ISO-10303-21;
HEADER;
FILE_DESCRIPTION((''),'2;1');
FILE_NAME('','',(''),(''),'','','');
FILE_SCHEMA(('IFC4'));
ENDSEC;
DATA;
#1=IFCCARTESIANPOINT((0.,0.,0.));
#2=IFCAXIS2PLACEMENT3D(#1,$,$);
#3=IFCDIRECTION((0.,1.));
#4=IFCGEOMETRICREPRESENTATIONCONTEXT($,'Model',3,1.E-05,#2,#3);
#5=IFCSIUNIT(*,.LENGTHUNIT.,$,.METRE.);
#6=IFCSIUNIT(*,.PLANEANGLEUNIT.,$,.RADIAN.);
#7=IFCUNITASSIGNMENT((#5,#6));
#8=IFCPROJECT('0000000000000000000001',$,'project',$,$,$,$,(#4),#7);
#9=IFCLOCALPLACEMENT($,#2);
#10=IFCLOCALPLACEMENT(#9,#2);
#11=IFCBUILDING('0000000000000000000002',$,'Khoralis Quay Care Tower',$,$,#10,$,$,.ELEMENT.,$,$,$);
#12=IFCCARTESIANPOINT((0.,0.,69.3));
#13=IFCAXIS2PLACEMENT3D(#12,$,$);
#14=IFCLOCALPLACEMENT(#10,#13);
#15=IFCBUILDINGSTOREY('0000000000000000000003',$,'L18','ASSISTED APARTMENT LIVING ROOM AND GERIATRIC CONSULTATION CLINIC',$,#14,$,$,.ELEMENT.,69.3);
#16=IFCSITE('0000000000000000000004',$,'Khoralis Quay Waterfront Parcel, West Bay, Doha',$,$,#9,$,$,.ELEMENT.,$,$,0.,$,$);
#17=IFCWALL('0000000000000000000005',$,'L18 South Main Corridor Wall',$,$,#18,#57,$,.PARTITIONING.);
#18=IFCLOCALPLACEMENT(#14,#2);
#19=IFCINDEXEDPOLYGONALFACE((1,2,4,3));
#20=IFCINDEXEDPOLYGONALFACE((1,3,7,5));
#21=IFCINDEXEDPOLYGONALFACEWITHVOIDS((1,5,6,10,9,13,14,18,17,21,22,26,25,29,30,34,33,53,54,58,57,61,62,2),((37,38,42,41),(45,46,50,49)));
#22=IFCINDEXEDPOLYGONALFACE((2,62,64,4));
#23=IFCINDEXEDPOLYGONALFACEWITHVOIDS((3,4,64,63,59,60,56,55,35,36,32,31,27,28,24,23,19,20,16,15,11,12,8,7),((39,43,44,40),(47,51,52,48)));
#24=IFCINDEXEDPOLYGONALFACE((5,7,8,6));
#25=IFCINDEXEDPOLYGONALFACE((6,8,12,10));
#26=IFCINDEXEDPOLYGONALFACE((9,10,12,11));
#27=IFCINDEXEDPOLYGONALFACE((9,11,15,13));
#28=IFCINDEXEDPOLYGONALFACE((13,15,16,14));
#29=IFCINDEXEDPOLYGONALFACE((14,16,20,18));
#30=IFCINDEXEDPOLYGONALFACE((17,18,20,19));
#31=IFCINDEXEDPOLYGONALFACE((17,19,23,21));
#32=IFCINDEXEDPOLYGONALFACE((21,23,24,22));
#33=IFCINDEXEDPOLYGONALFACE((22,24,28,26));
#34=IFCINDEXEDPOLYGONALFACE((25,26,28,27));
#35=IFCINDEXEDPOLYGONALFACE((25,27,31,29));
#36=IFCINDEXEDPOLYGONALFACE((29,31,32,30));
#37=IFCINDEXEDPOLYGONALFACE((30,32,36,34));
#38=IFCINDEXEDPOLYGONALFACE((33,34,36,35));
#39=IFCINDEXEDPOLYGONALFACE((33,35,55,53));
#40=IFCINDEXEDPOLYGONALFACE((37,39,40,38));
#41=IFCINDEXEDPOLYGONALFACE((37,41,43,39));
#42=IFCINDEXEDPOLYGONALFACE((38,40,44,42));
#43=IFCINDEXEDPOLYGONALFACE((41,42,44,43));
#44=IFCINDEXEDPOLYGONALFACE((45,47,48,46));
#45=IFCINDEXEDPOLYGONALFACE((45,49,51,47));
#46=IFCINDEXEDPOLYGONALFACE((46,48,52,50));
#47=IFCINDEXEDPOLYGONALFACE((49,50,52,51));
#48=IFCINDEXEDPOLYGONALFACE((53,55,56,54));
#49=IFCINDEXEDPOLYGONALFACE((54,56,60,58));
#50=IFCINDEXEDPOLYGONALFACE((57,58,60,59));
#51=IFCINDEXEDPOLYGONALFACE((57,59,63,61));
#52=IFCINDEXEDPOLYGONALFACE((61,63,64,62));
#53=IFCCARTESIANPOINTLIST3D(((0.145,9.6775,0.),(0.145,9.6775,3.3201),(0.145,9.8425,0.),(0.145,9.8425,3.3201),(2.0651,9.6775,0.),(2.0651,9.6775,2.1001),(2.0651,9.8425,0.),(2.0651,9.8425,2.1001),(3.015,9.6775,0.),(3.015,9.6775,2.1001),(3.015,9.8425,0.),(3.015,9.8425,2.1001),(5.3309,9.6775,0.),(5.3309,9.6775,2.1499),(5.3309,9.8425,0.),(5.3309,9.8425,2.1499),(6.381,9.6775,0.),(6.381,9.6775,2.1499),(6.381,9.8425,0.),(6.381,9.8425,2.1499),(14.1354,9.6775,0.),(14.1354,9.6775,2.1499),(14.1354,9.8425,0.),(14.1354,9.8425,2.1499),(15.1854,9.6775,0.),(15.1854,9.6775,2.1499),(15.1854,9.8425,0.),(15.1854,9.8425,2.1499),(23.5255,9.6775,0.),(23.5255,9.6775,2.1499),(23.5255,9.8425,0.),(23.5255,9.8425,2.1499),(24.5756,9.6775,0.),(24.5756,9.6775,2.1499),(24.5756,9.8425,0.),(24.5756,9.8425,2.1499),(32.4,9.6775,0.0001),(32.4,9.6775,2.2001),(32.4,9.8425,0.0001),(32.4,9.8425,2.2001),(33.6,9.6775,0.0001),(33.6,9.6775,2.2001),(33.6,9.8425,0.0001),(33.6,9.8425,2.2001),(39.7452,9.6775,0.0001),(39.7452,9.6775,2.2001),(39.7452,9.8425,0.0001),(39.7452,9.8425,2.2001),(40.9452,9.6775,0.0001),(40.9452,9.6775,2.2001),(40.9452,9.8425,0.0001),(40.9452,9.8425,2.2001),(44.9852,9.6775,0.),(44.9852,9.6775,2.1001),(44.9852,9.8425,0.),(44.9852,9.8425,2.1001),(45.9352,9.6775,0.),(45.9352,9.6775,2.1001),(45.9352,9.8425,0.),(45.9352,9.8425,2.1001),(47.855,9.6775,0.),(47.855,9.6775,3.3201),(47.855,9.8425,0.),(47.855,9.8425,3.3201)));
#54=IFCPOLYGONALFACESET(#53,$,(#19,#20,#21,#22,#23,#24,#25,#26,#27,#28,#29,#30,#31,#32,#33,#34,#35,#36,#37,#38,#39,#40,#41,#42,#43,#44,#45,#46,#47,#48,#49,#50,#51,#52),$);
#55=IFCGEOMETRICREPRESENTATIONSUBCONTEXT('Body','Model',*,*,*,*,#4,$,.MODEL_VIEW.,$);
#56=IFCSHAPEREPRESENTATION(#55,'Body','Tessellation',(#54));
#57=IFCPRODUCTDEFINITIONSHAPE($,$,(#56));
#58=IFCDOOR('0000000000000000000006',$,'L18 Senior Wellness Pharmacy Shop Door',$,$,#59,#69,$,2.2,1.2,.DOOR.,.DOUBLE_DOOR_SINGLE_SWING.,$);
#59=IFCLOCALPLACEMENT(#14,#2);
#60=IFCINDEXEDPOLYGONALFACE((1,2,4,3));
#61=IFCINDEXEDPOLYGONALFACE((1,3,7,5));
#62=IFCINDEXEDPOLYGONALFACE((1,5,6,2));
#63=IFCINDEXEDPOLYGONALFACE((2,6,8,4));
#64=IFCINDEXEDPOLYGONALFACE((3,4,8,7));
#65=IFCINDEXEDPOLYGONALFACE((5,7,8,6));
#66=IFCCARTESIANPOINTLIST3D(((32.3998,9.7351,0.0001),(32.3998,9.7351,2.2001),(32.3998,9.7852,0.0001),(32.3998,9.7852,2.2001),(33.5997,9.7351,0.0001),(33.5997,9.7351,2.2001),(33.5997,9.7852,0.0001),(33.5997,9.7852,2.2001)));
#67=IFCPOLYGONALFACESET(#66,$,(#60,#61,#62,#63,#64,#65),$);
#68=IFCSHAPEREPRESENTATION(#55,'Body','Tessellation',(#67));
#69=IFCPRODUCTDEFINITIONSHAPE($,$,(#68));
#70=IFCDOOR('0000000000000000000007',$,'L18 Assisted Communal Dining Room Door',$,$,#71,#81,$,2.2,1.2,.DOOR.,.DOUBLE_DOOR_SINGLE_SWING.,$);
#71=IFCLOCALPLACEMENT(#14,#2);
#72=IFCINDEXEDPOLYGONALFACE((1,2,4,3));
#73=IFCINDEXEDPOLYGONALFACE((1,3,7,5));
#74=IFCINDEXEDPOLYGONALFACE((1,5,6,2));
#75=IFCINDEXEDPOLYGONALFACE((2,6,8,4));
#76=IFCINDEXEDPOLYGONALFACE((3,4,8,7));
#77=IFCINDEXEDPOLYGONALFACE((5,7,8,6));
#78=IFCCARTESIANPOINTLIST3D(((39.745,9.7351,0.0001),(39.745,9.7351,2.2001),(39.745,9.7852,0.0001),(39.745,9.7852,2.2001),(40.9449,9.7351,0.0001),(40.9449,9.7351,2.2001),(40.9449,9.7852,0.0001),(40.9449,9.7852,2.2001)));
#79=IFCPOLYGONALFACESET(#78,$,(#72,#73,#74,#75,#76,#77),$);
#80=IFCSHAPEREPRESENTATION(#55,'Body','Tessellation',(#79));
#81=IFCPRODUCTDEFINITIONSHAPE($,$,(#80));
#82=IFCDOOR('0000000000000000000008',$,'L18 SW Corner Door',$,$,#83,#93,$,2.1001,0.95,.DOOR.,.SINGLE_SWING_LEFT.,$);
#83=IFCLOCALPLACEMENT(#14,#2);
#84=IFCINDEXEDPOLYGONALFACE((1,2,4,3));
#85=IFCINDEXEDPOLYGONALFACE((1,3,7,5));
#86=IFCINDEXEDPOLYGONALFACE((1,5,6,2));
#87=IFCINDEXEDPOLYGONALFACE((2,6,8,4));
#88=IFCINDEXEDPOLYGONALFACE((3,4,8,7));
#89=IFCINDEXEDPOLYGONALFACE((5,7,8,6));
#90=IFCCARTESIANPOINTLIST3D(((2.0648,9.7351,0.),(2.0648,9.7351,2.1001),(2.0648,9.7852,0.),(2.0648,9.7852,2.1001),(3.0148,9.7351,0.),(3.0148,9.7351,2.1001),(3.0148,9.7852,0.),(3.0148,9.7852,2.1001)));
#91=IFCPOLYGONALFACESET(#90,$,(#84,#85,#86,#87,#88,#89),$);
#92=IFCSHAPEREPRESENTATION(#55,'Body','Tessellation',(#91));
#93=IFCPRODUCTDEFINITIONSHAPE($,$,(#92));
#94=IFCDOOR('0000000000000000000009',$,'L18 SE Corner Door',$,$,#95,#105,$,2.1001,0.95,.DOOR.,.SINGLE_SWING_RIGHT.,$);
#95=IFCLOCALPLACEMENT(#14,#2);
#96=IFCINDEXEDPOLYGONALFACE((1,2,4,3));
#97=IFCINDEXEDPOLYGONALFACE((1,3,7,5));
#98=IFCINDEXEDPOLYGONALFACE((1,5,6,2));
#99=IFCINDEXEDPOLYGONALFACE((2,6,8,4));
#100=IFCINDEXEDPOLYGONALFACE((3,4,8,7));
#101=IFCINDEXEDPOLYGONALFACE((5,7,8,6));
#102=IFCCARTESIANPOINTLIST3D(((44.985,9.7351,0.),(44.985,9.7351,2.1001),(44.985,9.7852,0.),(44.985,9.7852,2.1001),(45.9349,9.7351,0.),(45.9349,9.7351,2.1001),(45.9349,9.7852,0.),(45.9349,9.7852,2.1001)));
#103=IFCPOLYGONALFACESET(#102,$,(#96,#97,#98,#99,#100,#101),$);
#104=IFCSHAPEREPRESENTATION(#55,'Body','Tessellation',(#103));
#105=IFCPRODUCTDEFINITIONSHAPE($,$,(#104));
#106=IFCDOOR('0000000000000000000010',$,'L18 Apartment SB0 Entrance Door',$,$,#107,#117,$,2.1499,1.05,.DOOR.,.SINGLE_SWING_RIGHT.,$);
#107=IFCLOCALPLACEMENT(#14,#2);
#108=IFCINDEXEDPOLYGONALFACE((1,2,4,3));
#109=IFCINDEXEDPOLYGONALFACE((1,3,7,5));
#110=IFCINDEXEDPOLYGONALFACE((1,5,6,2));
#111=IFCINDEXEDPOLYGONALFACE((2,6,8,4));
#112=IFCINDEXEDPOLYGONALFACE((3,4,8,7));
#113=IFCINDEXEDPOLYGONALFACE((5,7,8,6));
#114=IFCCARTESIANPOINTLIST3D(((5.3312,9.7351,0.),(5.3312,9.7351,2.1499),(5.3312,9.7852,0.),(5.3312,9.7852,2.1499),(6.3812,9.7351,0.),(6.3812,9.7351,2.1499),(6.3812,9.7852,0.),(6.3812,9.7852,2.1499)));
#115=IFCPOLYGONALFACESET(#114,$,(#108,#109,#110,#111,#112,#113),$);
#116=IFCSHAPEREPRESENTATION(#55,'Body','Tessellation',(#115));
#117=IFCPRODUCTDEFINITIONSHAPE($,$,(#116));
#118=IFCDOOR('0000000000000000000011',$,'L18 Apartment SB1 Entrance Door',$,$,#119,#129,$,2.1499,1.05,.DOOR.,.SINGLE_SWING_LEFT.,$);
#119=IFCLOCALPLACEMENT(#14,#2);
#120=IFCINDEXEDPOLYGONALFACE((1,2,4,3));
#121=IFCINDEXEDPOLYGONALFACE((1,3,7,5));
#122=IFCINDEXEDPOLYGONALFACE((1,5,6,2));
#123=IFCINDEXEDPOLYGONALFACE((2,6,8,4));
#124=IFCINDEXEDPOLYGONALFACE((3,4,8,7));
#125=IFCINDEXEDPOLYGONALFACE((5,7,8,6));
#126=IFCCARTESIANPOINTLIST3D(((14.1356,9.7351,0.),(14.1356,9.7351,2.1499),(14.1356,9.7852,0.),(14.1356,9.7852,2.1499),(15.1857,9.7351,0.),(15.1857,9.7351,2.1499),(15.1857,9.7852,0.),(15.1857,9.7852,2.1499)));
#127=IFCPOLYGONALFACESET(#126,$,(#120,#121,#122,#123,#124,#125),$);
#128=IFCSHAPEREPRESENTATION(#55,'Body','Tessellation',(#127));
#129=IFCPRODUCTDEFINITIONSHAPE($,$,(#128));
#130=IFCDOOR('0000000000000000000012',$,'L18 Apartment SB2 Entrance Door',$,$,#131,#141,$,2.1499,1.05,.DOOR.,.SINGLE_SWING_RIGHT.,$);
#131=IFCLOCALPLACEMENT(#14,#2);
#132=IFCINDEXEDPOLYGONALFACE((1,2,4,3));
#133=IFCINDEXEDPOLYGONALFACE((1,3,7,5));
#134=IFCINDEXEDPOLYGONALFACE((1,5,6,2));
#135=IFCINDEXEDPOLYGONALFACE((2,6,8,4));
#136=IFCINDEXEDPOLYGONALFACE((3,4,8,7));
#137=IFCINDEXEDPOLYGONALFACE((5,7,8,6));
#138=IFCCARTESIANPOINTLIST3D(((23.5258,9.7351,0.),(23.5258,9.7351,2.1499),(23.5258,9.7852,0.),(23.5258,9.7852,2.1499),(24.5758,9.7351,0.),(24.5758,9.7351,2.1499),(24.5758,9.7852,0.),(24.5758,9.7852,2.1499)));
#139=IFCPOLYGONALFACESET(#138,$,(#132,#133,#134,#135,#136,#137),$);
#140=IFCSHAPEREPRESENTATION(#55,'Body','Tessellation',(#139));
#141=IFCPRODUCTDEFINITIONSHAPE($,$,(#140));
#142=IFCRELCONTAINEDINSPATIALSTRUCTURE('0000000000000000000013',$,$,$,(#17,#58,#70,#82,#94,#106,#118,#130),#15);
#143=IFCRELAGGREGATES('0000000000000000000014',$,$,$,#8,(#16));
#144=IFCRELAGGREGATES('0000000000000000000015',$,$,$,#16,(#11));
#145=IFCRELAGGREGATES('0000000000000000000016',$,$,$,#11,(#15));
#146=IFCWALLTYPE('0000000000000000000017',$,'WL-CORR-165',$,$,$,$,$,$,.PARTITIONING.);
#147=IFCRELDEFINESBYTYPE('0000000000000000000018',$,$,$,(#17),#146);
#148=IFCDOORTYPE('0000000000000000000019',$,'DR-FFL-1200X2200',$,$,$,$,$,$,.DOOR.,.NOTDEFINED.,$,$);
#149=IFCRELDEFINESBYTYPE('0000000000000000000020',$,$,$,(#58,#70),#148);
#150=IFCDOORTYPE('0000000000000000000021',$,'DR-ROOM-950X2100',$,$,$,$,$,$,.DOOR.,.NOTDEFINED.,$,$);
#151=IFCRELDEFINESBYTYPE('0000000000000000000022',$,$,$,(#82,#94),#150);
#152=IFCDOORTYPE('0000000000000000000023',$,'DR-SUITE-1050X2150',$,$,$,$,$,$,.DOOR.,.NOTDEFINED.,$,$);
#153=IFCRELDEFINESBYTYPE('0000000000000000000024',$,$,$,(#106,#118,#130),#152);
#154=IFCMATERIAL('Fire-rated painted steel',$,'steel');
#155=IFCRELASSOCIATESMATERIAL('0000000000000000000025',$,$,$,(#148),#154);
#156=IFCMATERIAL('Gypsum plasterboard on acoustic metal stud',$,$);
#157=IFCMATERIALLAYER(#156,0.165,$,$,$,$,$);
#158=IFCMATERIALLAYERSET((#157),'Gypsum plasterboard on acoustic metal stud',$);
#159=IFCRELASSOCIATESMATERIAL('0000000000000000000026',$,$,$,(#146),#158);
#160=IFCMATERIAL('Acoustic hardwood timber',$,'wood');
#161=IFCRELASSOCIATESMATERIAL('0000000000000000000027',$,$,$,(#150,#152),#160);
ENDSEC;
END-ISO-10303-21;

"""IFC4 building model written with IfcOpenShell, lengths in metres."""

from ifc_helpers import new_model, si_unit, direction, frame, frame_2d, origin, place, context, subcontext, project, spatial, rectangle, extrude, source, transform, mapped, material, layer, layer_set, type_object, element, fill, save


model = new_model("IFC4")

# Units and contexts
model_context = context("Model", 3, precision=1e-05, world=origin(), true_north=direction((0.0, 1.0)))
body_context = subcontext(model_context, "Body", "Model", "MODEL_VIEW")
ifc_project = project(units=[si_unit("LENGTHUNIT", "METRE"), si_unit("PLANEANGLEUNIT", "RADIAN")], contexts=[model_context])

# Site, building, storey
site_placement = place(None, origin())
site = spatial("IfcSite", under=ifc_project, at=site_placement, Name="Khoralis Quay Waterfront Parcel, West Bay, Doha", CompositionType="ELEMENT", RefElevation=0.0)
building_placement = place(site_placement, origin())
building = spatial("IfcBuilding", under=site, at=building_placement, Name="Khoralis Quay Care Tower", CompositionType="ELEMENT")
storey_placement = place(building_placement, frame((0.0, 0.0, 69.3)))
storey = spatial("IfcBuildingStorey", under=building, at=storey_placement, Name="L18", Description="ASSISTED APARTMENT LIVING ROOM AND GERIATRIC CONSULTATION CLINIC", CompositionType="ELEMENT", Elevation=69.3)

# Shared definitions
ifc_material_1 = material(Name="Gypsum plasterboard on acoustic metal stud")
ifc_material_2 = material(Name="Fire-rated painted steel", Category="steel")
door_type_1 = type_object("IfcDoorType", Name="DR-FFL-1200X2200", OperationType="NOTDEFINED", PredefinedType="DOOR", material=ifc_material_2)
shared_shape_1 = source(origin(), body_context, "Body", "SweptSolid", [
    extrude(rectangle(XDim=1.2, YDim=2.2, at=frame_2d((0.6001, 1.1001))), frame((0.0, 0.0249, 0.0), z_axis=(0.0, -1.0, 0.0), x_axis=(1.0, 0.0, 0.0)), (0.0, 0.0, 1.0), 0.05),
])

# Wall, openings, doors
ifc_layer_1 = layer(ifc_material_1, 0.165)
ifc_layer_set_1 = layer_set([ifc_layer_1], Name="Gypsum plasterboard on acoustic metal stud")
wall_type_1 = type_object("IfcWallType", Name="WL-CORR-165", PredefinedType="PARTITIONING", material=ifc_layer_set_1)
wall_1_placement = place(storey_placement, frame((0.145, 9.76, 0.0), z_axis=(0.0, 0.0, 1.0), x_axis=(1.0, 0.0, 0.0)))
wall_1 = element("IfcWall", 1, at=wall_1_placement, inside=storey, type_object=wall_type_1, Name="L18 South Main Corridor Wall", PredefinedType="PARTITIONING", context=body_context, shape_type="SweptSolid", body=[
    extrude(rectangle(XDim=47.71, YDim=0.165, at=frame_2d((23.855, 0.0))), origin(), (0.0, 0.0, 1.0), 3.3201),
])
opening_1_placement = place(wall_1_placement, frame((5.186, 0.0, 0.0)))
opening_1 = element("IfcOpeningElement", 2, at=opening_1_placement, cuts=wall_1, PredefinedType="OPENING", context=body_context, shape_type="SweptSolid", body=[
    extrude(rectangle(XDim=1.05, YDim=2.1499, at=frame_2d((0.5249, 1.075))), frame((0.0, 0.0925, 0.0), z_axis=(0.0, -1.0, 0.0), x_axis=(1.0, 0.0, 0.0)), (0.0, 0.0, 1.0), 0.1851),
])
opening_2_placement = place(wall_1_placement, frame((13.9905, 0.0, 0.0)))
opening_2 = element("IfcOpeningElement", 3, at=opening_2_placement, cuts=wall_1, PredefinedType="OPENING", context=body_context, shape_type="SweptSolid", body=[
    extrude(rectangle(XDim=1.05, YDim=2.1499, at=frame_2d((0.5249, 1.075))), frame((0.0, 0.0925, 0.0), z_axis=(0.0, -1.0, 0.0), x_axis=(1.0, 0.0, 0.0)), (0.0, 0.0, 1.0), 0.1851),
])
opening_3_placement = place(wall_1_placement, frame((23.3806, 0.0, 0.0)))
opening_3 = element("IfcOpeningElement", 4, at=opening_3_placement, cuts=wall_1, PredefinedType="OPENING", context=body_context, shape_type="SweptSolid", body=[
    extrude(rectangle(XDim=1.05, YDim=2.1499, at=frame_2d((0.5249, 1.075))), frame((0.0, 0.0925, 0.0), z_axis=(0.0, -1.0, 0.0), x_axis=(1.0, 0.0, 0.0)), (0.0, 0.0, 1.0), 0.1851),
])
opening_4_placement = place(wall_1_placement, frame((32.2549, 0.0, 0.0)))
opening_4 = element("IfcOpeningElement", 5, at=opening_4_placement, cuts=wall_1, PredefinedType="OPENING", context=body_context, shape_type="SweptSolid", body=[
    extrude(rectangle(XDim=1.2, YDim=2.2, at=frame_2d((0.6001, 1.1001))), frame((0.0, 0.0925, 0.0), z_axis=(0.0, -1.0, 0.0), x_axis=(1.0, 0.0, 0.0)), (0.0, 0.0, 1.0), 0.1851),
])
opening_5_placement = place(wall_1_placement, frame((39.6001, 0.0, 0.0)))
opening_5 = element("IfcOpeningElement", 6, at=opening_5_placement, cuts=wall_1, PredefinedType="OPENING", context=body_context, shape_type="SweptSolid", body=[
    extrude(rectangle(XDim=1.2, YDim=2.2, at=frame_2d((0.6001, 1.1001))), frame((0.0, 0.0925, 0.0), z_axis=(0.0, -1.0, 0.0), x_axis=(1.0, 0.0, 0.0)), (0.0, 0.0, 1.0), 0.1851),
])
opening_6_placement = place(wall_1_placement, frame((1.9199, 0.0, 0.0)))
opening_6 = element("IfcOpeningElement", 7, at=opening_6_placement, cuts=wall_1, PredefinedType="OPENING", context=body_context, shape_type="SweptSolid", body=[
    extrude(rectangle(XDim=0.95, YDim=2.1001, at=frame_2d((0.4751, 1.05))), frame((0.0, 0.0925, 0.0), z_axis=(0.0, -1.0, 0.0), x_axis=(1.0, 0.0, 0.0)), (0.0, 0.0, 1.0), 0.1851),
])
opening_7_placement = place(wall_1_placement, frame((44.8401, 0.0, 0.0)))
opening_7 = element("IfcOpeningElement", 8, at=opening_7_placement, cuts=wall_1, PredefinedType="OPENING", context=body_context, shape_type="SweptSolid", body=[
    extrude(rectangle(XDim=0.95, YDim=2.1001, at=frame_2d((0.4751, 1.05))), frame((0.0, 0.0925, 0.0), z_axis=(0.0, -1.0, 0.0), x_axis=(1.0, 0.0, 0.0)), (0.0, 0.0, 1.0), 0.1851),
])
door_1_placement = place(opening_4_placement, frame((1.2, 0.0, 0.0), z_axis=(0.0, 0.0, 1.0), x_axis=(-1.0, 0.0, 0.0)))
door_1 = element("IfcDoor", 9, at=door_1_placement, inside=storey, type_object=door_type_1, Name="L18 Senior Wellness Pharmacy Shop Door", OperationType="DOUBLE_DOOR_SINGLE_SWING", OverallHeight=2.2, OverallWidth=1.2, PredefinedType="DOOR", context=body_context, shape_type="MappedRepresentation", body=[
    mapped(shared_shape_1, transform((0.0, 0.0, 0.0), scale=1.0)),
])
fill(opening_4, door_1)
door_2_placement = place(opening_5_placement, frame((1.2, 0.0, 0.0), z_axis=(0.0, 0.0, 1.0), x_axis=(-1.0, 0.0, 0.0)))
door_2 = element("IfcDoor", 10, at=door_2_placement, inside=storey, type_object=door_type_1, Name="L18 Assisted Communal Dining Room Door", OperationType="DOUBLE_DOOR_SINGLE_SWING", OverallHeight=2.2, OverallWidth=1.2, PredefinedType="DOOR", context=body_context, shape_type="MappedRepresentation", body=[
    mapped(shared_shape_1, transform((0.0, 0.0, 0.0), scale=1.0)),
])
fill(opening_5, door_2)
ifc_material_3 = material(Name="Acoustic hardwood timber", Category="wood")
door_type_2 = type_object("IfcDoorType", Name="DR-ROOM-950X2100", OperationType="NOTDEFINED", PredefinedType="DOOR", material=ifc_material_3)
shared_shape_2 = source(origin(), body_context, "Body", "SweptSolid", [
    extrude(rectangle(XDim=0.95, YDim=2.1001, at=frame_2d((0.4751, 1.05))), frame((0.0, 0.0249, 0.0), z_axis=(0.0, -1.0, 0.0), x_axis=(1.0, 0.0, 0.0)), (0.0, 0.0, 1.0), 0.05),
])
door_3_placement = place(opening_6_placement, frame((0.95, 0.0, 0.0), z_axis=(0.0, 0.0, 1.0), x_axis=(-1.0, 0.0, 0.0)))
door_3 = element("IfcDoor", 11, at=door_3_placement, inside=storey, type_object=door_type_2, Name="L18 SW Corner Door", OperationType="SINGLE_SWING_LEFT", OverallHeight=2.1001, OverallWidth=0.95, PredefinedType="DOOR", context=body_context, shape_type="MappedRepresentation", body=[
    mapped(shared_shape_2, transform((0.0, 0.0, 0.0), scale=1.0)),
])
fill(opening_6, door_3)
door_4_placement = place(opening_7_placement, frame((0.95, 0.0, 0.0), z_axis=(0.0, 0.0, 1.0), x_axis=(-1.0, 0.0, 0.0)))
door_4 = element("IfcDoor", 12, at=door_4_placement, inside=storey, type_object=door_type_2, Name="L18 SE Corner Door", OperationType="SINGLE_SWING_RIGHT", OverallHeight=2.1001, OverallWidth=0.95, PredefinedType="DOOR", context=body_context, shape_type="MappedRepresentation", body=[
    mapped(shared_shape_2, transform((0.0, 0.0, 0.0), scale=1.0)),
])
fill(opening_7, door_4)
door_type_3 = type_object("IfcDoorType", Name="DR-SUITE-1050X2150", OperationType="NOTDEFINED", PredefinedType="DOOR", material=ifc_material_3)
shared_shape_3 = source(origin(), body_context, "Body", "SweptSolid", [
    extrude(rectangle(XDim=1.05, YDim=2.1499, at=frame_2d((0.5249, 1.075))), frame((0.0, 0.0249, 0.0), z_axis=(0.0, -1.0, 0.0), x_axis=(1.0, 0.0, 0.0)), (0.0, 0.0, 1.0), 0.05),
])
door_5_placement = place(opening_1_placement, frame((1.05, 0.0, 0.0), z_axis=(0.0, 0.0, 1.0), x_axis=(-1.0, 0.0, 0.0)))
door_5 = element("IfcDoor", 13, at=door_5_placement, inside=storey, type_object=door_type_3, Name="L18 Apartment SB0 Entrance Door", OperationType="SINGLE_SWING_RIGHT", OverallHeight=2.1499, OverallWidth=1.05, PredefinedType="DOOR", context=body_context, shape_type="MappedRepresentation", body=[
    mapped(shared_shape_3, transform((0.0, 0.0, 0.0), scale=1.0)),
])
fill(opening_1, door_5)
door_6_placement = place(opening_2_placement, frame((1.05, 0.0, 0.0), z_axis=(0.0, 0.0, 1.0), x_axis=(-1.0, 0.0, 0.0)))
door_6 = element("IfcDoor", 14, at=door_6_placement, inside=storey, type_object=door_type_3, Name="L18 Apartment SB1 Entrance Door", OperationType="SINGLE_SWING_LEFT", OverallHeight=2.1499, OverallWidth=1.05, PredefinedType="DOOR", context=body_context, shape_type="MappedRepresentation", body=[
    mapped(shared_shape_3, transform((0.0, 0.0, 0.0), scale=1.0)),
])
fill(opening_2, door_6)
door_7_placement = place(opening_3_placement, frame((1.05, 0.0, 0.0), z_axis=(0.0, 0.0, 1.0), x_axis=(-1.0, 0.0, 0.0)))
door_7 = element("IfcDoor", 15, at=door_7_placement, inside=storey, type_object=door_type_3, Name="L18 Apartment SB2 Entrance Door", OperationType="SINGLE_SWING_RIGHT", OverallHeight=2.1499, OverallWidth=1.05, PredefinedType="DOOR", context=body_context, shape_type="MappedRepresentation", body=[
    mapped(shared_shape_3, transform((0.0, 0.0, 0.0), scale=1.0)),
])
fill(opening_3, door_7)

save(model, "model.ifc")
